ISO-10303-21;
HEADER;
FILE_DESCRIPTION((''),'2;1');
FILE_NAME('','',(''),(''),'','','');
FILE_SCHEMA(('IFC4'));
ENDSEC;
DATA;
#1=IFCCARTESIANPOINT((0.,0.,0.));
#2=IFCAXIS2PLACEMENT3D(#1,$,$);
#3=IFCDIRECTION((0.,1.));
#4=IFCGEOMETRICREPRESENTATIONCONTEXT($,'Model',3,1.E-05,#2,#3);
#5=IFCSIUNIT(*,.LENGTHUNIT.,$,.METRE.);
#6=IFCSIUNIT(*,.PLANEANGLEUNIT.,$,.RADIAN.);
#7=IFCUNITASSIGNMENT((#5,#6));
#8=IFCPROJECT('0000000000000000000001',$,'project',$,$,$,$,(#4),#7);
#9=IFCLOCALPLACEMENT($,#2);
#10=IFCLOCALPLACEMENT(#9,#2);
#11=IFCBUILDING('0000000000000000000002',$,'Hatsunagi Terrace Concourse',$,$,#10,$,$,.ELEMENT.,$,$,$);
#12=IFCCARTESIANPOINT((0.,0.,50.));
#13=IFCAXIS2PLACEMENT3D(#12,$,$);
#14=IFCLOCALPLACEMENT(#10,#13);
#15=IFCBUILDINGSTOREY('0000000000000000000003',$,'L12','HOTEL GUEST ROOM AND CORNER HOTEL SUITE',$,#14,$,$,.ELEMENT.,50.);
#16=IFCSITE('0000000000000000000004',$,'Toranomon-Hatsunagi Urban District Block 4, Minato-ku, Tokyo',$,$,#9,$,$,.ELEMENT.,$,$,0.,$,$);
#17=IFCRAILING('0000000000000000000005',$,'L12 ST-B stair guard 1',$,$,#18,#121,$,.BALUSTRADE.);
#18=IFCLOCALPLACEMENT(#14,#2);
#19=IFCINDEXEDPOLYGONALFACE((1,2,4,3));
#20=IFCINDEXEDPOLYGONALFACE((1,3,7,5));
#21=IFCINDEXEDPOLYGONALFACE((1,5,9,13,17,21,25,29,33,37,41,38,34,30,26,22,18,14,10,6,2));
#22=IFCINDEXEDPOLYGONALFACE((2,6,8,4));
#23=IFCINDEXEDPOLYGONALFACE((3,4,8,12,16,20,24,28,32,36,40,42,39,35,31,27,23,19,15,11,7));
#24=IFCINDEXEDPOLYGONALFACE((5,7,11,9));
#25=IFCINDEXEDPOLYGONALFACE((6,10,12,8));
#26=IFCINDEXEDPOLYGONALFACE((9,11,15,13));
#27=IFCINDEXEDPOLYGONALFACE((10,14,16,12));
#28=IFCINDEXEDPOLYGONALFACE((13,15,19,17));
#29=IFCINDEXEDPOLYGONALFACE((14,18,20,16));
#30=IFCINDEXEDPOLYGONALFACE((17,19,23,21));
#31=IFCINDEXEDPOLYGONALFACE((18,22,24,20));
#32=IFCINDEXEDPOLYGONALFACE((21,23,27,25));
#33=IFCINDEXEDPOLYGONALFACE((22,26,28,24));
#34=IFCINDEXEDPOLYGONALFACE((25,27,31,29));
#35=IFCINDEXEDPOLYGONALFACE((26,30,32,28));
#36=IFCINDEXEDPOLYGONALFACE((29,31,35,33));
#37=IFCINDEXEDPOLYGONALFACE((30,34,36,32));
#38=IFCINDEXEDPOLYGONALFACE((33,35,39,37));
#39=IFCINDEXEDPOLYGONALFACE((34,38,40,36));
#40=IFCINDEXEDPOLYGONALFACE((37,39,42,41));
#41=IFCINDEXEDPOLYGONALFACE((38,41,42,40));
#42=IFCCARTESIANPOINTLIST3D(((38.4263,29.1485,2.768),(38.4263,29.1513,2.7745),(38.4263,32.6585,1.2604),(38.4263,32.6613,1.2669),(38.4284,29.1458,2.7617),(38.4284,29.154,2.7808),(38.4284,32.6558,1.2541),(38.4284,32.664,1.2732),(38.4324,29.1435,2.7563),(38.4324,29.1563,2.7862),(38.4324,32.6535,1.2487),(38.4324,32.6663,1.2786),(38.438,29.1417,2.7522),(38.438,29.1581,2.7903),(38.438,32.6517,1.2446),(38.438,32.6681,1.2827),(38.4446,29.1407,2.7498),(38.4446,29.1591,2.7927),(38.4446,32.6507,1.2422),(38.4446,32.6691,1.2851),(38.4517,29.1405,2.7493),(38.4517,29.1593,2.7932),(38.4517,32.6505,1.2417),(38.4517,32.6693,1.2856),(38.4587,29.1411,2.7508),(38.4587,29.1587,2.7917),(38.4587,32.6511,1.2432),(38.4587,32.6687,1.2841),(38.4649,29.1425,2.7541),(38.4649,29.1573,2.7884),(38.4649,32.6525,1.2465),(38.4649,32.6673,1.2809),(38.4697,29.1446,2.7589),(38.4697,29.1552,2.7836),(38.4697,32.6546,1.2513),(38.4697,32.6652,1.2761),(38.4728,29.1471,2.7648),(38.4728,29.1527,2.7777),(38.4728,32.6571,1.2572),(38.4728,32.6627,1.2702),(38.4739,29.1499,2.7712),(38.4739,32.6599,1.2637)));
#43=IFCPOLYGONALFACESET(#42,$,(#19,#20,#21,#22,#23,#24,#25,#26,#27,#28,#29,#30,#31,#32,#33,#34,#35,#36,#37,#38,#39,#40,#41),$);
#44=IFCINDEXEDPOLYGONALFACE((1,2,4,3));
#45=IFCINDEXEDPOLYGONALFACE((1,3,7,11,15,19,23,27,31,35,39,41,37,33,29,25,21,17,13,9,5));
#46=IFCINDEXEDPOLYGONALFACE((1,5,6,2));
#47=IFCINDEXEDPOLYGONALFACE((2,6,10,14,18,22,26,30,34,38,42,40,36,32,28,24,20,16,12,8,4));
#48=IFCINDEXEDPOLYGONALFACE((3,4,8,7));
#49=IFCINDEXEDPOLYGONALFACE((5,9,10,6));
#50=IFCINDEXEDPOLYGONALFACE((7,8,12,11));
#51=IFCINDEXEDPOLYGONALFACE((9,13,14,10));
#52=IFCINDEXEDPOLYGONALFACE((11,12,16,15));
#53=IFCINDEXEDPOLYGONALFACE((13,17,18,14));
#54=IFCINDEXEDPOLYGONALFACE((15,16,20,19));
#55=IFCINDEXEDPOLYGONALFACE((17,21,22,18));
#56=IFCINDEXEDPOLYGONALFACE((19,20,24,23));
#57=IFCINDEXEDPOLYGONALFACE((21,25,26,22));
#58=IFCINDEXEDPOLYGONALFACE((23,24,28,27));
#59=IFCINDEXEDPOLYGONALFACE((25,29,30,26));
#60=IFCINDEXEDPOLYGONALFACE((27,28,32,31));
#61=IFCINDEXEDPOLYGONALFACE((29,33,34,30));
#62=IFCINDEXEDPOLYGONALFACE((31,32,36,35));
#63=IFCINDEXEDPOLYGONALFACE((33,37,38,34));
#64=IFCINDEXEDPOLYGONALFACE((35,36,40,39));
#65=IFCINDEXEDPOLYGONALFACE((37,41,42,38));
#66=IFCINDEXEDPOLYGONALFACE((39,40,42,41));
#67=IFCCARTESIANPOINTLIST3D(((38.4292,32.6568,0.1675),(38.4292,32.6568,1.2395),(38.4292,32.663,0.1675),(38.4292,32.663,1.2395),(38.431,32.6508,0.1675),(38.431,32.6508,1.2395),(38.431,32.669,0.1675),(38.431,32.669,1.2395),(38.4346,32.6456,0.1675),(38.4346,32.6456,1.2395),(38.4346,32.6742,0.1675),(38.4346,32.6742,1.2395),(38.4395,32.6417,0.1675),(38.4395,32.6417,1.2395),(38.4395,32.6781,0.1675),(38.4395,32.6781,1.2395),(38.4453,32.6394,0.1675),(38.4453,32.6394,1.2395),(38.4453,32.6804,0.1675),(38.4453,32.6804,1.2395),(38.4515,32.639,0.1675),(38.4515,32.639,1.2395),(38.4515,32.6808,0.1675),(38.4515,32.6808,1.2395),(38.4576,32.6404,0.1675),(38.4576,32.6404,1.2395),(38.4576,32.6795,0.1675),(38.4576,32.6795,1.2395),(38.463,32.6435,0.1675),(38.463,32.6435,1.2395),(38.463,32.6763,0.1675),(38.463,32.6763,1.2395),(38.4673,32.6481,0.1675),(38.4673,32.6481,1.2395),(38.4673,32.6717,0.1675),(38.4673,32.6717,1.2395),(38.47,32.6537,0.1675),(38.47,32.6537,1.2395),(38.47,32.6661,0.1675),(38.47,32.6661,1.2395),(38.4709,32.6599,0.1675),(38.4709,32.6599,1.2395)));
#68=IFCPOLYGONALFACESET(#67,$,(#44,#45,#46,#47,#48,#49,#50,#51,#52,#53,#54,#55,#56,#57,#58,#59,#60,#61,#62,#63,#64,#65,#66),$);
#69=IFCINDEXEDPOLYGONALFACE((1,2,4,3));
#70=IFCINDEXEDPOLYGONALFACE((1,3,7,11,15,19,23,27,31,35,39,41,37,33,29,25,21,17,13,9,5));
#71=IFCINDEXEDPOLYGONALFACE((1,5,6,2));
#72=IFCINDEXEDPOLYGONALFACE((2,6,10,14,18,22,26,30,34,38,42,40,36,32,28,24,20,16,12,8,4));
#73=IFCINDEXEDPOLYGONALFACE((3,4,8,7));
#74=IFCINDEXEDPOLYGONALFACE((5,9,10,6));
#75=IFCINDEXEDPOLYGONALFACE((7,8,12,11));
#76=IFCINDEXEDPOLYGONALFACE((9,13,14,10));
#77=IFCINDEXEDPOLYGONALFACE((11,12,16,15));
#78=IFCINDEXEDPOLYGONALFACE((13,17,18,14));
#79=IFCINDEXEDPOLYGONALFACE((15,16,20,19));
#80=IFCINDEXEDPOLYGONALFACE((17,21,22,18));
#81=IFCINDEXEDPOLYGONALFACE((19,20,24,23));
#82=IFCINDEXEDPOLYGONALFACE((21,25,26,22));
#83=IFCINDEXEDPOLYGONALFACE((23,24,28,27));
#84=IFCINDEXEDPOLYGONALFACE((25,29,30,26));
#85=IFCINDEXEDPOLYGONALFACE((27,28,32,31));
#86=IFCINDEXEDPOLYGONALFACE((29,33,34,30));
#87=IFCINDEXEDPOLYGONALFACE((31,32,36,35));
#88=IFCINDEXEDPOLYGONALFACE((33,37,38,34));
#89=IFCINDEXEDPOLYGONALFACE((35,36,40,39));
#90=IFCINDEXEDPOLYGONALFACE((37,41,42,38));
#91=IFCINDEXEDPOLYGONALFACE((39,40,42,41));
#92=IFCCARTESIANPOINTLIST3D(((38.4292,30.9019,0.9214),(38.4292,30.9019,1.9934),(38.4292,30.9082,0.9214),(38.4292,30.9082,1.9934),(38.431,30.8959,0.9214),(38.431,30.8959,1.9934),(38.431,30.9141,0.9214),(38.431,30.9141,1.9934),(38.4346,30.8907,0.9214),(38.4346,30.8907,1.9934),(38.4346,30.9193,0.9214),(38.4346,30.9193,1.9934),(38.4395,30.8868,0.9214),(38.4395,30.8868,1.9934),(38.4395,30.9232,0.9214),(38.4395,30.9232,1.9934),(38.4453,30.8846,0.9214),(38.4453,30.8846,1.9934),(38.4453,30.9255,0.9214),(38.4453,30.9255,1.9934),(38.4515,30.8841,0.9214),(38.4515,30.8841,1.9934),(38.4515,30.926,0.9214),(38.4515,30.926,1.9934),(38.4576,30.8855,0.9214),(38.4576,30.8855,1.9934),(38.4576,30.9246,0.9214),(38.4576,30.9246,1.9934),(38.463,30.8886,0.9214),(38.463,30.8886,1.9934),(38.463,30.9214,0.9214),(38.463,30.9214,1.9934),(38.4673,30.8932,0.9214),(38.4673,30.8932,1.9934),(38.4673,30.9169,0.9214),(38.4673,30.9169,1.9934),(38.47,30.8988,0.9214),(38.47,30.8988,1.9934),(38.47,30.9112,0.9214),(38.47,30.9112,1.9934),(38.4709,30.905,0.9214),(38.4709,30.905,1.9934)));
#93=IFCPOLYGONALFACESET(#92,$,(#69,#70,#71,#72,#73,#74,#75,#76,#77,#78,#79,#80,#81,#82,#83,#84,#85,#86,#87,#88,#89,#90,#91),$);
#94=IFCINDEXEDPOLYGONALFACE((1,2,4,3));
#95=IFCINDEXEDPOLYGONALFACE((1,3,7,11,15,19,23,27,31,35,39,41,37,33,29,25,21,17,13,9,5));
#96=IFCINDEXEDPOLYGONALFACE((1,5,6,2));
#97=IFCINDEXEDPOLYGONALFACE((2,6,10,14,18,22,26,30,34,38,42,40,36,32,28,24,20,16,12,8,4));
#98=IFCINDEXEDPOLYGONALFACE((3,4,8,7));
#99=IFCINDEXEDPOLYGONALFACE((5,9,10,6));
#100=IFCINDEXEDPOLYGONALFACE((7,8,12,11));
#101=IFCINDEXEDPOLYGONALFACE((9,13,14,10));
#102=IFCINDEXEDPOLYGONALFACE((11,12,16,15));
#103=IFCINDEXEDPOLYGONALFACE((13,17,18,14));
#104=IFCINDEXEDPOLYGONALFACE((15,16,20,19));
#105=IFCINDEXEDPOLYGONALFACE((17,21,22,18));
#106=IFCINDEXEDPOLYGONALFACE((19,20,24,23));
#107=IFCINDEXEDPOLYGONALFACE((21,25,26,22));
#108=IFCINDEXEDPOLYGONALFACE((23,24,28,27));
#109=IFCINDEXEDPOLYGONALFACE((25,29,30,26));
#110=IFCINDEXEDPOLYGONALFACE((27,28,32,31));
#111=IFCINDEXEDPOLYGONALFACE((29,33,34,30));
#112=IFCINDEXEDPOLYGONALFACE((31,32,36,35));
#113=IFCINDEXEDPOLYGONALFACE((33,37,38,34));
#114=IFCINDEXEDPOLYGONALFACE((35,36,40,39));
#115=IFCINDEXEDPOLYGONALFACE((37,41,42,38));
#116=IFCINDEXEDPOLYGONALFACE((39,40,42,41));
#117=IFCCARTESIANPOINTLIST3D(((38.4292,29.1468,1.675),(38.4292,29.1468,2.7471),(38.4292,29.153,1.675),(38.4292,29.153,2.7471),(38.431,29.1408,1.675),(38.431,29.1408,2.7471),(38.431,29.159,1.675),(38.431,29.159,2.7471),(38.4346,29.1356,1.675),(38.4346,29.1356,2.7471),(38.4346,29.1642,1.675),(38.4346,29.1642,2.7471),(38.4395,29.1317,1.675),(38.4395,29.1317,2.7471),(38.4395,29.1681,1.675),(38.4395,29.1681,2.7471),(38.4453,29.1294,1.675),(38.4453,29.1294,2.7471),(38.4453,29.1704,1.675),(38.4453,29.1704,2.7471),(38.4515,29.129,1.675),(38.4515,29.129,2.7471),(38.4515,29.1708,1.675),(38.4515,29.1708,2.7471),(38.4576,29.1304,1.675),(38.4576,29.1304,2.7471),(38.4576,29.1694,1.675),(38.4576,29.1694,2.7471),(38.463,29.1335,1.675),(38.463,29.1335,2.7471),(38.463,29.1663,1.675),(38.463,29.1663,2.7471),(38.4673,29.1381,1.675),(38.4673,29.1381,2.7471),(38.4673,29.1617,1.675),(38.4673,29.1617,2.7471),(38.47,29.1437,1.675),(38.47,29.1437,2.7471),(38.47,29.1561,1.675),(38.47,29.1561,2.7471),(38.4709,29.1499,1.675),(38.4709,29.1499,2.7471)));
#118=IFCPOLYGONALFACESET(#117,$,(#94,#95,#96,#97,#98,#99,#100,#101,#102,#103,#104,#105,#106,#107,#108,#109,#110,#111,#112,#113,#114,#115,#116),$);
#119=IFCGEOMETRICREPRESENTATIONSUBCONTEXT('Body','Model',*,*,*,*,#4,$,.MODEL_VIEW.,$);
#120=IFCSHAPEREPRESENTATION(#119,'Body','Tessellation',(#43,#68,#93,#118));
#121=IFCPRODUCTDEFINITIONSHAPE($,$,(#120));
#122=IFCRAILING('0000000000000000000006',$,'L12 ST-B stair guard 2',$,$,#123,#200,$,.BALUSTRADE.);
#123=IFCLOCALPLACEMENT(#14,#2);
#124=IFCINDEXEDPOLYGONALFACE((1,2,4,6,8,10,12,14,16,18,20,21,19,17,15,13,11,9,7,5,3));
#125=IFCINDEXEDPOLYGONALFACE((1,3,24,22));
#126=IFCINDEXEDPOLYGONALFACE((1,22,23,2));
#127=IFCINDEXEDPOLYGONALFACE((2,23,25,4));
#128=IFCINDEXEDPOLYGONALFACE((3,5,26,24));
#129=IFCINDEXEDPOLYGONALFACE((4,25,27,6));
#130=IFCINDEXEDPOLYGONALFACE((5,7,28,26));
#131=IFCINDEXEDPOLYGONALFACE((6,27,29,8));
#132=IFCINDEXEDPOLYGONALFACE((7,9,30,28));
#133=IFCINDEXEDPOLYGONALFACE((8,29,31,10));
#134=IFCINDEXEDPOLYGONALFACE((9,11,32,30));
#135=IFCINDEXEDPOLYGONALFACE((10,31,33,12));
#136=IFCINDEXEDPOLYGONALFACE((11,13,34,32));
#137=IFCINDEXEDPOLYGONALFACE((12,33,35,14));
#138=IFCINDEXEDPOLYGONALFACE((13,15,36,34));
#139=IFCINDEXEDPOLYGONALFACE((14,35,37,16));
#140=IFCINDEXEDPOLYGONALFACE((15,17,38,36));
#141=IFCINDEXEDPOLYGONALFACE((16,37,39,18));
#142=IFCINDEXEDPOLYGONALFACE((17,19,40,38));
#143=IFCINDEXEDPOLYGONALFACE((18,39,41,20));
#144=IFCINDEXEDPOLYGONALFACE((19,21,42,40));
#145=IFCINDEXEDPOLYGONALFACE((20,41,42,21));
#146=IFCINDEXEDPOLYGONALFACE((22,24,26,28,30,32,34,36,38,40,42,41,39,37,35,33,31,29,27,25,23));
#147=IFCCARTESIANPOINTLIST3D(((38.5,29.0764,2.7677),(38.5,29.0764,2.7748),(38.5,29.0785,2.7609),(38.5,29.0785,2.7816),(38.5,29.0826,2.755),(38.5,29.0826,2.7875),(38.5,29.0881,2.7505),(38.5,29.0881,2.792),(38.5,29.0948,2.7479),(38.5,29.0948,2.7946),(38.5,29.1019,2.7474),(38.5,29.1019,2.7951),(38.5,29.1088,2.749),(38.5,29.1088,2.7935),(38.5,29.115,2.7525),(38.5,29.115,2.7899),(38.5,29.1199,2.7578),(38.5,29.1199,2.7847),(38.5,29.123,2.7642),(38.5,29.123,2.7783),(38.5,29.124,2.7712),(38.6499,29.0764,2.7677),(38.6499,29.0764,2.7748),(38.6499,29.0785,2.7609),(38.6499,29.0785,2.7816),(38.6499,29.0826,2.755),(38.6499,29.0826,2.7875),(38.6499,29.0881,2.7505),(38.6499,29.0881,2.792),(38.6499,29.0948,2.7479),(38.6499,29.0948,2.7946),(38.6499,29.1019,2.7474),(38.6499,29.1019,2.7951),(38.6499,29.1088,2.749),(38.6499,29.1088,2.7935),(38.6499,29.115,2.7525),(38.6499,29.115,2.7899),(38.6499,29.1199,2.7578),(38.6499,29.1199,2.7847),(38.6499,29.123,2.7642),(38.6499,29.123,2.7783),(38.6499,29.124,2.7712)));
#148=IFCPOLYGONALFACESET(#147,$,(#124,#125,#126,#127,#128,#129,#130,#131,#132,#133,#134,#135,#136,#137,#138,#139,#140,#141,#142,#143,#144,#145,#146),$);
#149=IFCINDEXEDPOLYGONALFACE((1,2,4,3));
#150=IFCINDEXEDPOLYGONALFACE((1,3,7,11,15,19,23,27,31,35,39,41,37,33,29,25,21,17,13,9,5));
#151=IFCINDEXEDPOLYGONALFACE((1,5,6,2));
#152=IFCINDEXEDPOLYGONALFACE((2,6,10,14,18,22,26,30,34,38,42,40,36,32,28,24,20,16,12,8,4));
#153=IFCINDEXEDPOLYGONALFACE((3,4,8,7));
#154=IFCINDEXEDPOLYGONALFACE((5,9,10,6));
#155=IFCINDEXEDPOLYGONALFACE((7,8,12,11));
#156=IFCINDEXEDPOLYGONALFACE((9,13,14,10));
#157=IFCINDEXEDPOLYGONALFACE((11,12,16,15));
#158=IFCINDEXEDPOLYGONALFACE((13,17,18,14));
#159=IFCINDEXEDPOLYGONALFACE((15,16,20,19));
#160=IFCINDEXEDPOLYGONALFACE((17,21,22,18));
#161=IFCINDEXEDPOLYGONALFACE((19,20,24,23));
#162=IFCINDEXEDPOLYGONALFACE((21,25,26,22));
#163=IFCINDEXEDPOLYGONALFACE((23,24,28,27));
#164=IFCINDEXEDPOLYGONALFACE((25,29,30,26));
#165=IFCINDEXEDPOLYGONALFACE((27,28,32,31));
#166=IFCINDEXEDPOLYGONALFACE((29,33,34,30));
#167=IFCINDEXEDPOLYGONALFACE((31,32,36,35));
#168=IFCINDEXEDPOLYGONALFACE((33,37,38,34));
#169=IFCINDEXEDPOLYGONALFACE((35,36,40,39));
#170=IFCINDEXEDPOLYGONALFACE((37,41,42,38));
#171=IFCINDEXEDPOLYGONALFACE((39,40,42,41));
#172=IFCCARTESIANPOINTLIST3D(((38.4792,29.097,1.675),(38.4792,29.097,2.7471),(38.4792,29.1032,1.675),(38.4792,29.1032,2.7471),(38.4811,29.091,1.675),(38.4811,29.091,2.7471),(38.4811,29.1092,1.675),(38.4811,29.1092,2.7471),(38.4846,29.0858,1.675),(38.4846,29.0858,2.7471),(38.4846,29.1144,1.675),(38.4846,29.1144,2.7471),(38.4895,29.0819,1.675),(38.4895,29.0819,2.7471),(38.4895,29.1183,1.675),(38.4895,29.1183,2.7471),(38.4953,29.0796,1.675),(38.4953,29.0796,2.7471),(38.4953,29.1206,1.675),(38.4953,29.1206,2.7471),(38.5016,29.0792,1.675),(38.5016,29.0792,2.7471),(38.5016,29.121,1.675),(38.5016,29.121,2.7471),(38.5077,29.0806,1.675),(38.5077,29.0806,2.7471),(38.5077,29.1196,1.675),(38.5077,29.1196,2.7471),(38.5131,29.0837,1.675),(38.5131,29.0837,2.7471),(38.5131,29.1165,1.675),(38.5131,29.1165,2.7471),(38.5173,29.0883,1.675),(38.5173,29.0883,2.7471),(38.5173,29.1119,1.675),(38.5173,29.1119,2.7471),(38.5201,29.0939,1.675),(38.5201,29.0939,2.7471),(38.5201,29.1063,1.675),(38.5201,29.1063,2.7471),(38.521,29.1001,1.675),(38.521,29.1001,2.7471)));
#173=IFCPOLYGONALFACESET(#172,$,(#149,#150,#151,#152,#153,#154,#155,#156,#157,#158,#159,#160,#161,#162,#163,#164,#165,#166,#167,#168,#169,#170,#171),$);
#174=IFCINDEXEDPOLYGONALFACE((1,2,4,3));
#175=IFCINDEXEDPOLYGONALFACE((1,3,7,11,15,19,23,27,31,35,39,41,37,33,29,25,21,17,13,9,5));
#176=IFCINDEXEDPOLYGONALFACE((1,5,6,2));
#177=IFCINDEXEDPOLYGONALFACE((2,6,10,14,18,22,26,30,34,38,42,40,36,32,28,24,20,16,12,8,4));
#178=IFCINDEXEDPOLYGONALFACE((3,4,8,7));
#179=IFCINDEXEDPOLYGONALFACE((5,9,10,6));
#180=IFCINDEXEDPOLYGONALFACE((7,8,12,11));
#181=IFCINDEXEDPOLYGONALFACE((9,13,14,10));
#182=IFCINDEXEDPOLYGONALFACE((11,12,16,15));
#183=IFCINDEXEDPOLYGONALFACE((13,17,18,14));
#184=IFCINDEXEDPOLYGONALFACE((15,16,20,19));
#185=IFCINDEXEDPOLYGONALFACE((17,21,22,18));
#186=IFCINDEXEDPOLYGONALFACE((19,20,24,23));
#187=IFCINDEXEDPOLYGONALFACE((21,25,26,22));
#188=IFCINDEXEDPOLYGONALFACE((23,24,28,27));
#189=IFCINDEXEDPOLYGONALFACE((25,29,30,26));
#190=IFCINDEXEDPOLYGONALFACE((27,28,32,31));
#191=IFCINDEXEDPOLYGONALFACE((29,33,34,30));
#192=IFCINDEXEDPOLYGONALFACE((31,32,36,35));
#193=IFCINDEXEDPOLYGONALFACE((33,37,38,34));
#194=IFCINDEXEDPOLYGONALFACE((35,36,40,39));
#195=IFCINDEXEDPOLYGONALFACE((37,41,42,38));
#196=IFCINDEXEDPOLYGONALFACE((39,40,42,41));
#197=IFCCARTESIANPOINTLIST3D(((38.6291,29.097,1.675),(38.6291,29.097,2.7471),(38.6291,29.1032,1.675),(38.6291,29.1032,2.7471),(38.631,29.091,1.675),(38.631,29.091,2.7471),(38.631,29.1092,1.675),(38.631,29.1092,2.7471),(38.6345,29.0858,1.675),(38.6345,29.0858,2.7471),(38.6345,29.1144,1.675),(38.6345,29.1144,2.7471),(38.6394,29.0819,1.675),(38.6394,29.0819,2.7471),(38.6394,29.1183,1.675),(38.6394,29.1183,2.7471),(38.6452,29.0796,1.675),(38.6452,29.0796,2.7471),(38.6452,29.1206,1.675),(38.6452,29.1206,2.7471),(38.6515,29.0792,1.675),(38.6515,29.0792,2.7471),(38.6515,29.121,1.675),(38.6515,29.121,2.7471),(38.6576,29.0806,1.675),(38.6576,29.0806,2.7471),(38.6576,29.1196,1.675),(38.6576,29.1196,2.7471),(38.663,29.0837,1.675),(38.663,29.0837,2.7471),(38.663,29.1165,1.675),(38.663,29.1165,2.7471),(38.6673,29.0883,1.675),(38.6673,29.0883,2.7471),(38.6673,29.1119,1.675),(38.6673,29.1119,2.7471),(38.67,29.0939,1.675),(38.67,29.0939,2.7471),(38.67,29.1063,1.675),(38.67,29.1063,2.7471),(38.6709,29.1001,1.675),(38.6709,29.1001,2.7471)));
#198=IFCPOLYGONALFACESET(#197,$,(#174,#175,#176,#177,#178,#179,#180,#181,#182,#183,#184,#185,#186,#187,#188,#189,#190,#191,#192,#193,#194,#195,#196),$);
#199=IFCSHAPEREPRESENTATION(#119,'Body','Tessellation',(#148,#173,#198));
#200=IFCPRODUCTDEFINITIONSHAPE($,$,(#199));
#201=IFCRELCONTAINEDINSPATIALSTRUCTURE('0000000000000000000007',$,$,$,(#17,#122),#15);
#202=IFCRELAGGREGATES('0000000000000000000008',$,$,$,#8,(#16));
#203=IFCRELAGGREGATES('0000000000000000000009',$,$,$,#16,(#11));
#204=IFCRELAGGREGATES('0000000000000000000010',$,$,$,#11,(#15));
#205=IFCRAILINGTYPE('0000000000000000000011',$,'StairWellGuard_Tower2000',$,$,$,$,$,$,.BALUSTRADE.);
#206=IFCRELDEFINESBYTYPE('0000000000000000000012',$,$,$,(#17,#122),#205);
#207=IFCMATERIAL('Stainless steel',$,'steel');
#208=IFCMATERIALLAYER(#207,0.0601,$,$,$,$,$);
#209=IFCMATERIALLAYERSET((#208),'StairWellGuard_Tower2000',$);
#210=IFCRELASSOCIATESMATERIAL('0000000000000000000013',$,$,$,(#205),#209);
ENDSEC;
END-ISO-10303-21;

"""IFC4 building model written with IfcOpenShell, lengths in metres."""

from ifc_helpers import new_model, si_unit, direction, frame, origin, origin_2d, place, context, subcontext, project, spatial, circle, extrude, material, layer, layer_set, type_object, element, save


model = new_model("IFC4")

# Units and contexts
model_context = context("Model", 3, precision=1e-05, world=origin(), true_north=direction((0.0, 1.0)))
body_context = subcontext(model_context, "Body", "Model", "MODEL_VIEW")
ifc_project = project(units=[si_unit("LENGTHUNIT", "METRE"), si_unit("PLANEANGLEUNIT", "RADIAN")], contexts=[model_context])

# Site, building, storey
site_placement = place(None, origin())
site = spatial("IfcSite", under=ifc_project, at=site_placement, Name="Toranomon-Hatsunagi Urban District Block 4, Minato-ku, Tokyo", CompositionType="ELEMENT", RefElevation=0.0)
building_placement = place(site_placement, origin())
building = spatial("IfcBuilding", under=site, at=building_placement, Name="Hatsunagi Terrace Concourse", CompositionType="ELEMENT")
storey_placement = place(building_placement, frame((0.0, 0.0, 50.0)))
storey = spatial("IfcBuildingStorey", under=building, at=storey_placement, Name="L12", Description="HOTEL GUEST ROOM AND CORNER HOTEL SUITE", CompositionType="ELEMENT", Elevation=50.0)

# Railings
ifc_material_1 = material(Name="Stainless steel", Category="steel")
ifc_layer_1 = layer(ifc_material_1, 0.0601)
ifc_layer_set_1 = layer_set([ifc_layer_1], Name="StairWellGuard_Tower2000")
railing_type_1 = type_object("IfcRailingType", Name="StairWellGuard_Tower2000", PredefinedType="BALUSTRADE", material=ifc_layer_set_1)
railing_1_placement = place(storey_placement, frame((38.45, 32.6599, 0.1675)))
element("IfcRailing", 1, at=railing_1_placement, inside=storey, type_object=railing_type_1, Name="L12 ST-B stair guard 1", PredefinedType="BALUSTRADE", context=body_context, shape_type="SweptSolid", body=[
    extrude(circle(Radius=0.0239, at=origin_2d()), frame((0.0, 0.0, 1.0962), z_axis=(0.0, -0.918834, 0.394644), x_axis=(1.0, 0.0, 0.0)), (0.0, 0.0, 1.0), 3.8201),
    extrude(circle(Radius=0.021, at=origin_2d()), origin(), (0.0, 0.0, 1.0), 1.072),
    extrude(circle(Radius=0.021, at=origin_2d()), frame((0.0, -1.7549, 0.7539)), (0.0, 0.0, 1.0), 1.072),
    extrude(circle(Radius=0.021, at=origin_2d()), frame((0.0, -3.51, 1.5076)), (0.0, 0.0, 1.0), 1.072),
])
for number, where, name in (
    (2, (38.5, 29.1001, 1.675), "L12 ST-B stair guard 2"),
):
    element("IfcRailing", number, at=place(storey_placement, frame(where)), inside=storey, type_object=railing_type_1, Name=name, PredefinedType="BALUSTRADE", context=body_context, shape_type="SweptSolid", body=[
        extrude(circle(Radius=0.0239, at=origin_2d()), frame((0.0, 0.0, 1.0962), z_axis=(1.0, 0.0, 0.0), x_axis=(0.0, 1.0, 0.0)), (0.0, 0.0, 1.0), 0.1499),
        extrude(circle(Radius=0.021, at=origin_2d()), origin(), (0.0, 0.0, 1.0), 1.072),
        extrude(circle(Radius=0.021, at=origin_2d()), frame((0.1499, 0.0, 0.0)), (0.0, 0.0, 1.0), 1.072),
    ])

save(model, "model.ifc")
